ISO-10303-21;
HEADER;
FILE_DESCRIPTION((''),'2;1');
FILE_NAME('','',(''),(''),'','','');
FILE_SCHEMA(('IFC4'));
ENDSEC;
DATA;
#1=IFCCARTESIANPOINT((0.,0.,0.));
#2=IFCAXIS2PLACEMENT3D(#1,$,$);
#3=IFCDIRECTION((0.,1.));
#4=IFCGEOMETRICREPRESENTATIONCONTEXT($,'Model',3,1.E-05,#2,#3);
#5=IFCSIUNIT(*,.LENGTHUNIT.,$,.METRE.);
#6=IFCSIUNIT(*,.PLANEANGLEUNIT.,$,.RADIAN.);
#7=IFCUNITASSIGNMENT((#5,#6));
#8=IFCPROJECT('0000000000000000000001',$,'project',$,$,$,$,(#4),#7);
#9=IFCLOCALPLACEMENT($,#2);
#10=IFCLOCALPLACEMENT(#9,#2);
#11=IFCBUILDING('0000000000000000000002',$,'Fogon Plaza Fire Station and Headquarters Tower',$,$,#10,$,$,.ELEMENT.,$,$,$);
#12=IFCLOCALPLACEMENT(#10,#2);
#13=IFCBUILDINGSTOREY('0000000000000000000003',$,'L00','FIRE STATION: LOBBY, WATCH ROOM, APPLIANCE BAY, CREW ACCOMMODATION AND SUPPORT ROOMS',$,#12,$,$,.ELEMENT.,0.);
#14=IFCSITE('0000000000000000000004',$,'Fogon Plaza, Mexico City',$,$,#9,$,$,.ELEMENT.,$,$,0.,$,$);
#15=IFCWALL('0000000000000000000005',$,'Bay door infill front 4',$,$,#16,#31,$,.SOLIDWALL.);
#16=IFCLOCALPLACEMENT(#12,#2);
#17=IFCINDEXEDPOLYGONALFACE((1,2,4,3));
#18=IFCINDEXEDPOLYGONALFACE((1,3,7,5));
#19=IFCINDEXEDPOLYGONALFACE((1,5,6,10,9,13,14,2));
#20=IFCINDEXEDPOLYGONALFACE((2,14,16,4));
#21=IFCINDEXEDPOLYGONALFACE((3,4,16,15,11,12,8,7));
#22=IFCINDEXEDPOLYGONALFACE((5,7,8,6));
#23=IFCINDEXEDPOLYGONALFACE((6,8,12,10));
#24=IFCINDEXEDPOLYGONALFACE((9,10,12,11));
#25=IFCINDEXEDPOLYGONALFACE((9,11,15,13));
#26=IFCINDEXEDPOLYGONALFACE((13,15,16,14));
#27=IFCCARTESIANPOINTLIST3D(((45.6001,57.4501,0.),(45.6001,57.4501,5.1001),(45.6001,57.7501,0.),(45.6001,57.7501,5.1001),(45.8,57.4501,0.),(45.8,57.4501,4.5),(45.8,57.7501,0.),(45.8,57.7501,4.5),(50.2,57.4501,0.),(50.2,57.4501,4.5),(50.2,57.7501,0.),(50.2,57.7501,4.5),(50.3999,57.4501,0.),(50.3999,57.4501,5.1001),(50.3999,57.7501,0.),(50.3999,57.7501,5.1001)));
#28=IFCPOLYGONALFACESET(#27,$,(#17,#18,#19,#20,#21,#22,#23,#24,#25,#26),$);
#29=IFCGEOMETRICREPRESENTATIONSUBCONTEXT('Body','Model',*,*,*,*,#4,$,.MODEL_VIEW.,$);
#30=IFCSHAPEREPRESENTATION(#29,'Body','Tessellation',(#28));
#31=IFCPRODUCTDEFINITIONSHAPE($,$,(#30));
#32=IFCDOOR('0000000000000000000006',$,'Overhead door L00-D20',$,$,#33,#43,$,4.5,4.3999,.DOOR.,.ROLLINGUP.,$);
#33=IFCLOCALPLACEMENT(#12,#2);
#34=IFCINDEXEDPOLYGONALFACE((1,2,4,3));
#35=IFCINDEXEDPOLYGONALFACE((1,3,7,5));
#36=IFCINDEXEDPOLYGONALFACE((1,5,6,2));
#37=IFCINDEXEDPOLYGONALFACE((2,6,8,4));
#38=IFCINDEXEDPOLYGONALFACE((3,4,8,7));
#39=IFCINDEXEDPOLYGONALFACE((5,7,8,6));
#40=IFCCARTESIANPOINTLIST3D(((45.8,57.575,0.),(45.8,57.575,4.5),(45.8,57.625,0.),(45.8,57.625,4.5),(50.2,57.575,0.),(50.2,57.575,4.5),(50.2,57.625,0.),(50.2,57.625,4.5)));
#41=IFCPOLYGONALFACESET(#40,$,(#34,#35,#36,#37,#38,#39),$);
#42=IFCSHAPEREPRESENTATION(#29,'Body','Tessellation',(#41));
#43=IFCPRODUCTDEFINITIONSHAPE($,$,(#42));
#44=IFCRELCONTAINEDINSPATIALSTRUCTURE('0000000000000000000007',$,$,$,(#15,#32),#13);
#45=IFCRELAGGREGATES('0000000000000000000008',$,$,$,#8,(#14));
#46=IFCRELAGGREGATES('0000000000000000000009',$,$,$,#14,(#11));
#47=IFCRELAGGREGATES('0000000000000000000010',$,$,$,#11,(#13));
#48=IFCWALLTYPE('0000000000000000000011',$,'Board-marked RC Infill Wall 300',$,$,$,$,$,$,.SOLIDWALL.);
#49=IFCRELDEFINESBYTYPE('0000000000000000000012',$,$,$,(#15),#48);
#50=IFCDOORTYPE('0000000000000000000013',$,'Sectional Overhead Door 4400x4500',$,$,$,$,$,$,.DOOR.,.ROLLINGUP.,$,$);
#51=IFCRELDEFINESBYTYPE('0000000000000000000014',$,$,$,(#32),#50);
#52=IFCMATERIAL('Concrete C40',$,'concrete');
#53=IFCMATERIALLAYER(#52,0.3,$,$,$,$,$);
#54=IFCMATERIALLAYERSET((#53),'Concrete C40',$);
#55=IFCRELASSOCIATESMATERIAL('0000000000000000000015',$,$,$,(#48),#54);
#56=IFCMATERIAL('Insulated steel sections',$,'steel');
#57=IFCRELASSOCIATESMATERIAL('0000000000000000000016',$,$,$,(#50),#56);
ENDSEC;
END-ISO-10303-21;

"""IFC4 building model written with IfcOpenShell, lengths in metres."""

from ifc_helpers import new_model, si_unit, direction, frame, frame_2d, origin, place, context, subcontext, project, spatial, rectangle, extrude, material, layer, layer_set, type_object, element, fill, save


model = new_model("IFC4")

# Units and contexts
model_context = context("Model", 3, precision=1e-05, world=origin(), true_north=direction((0.0, 1.0)))
body_context = subcontext(model_context, "Body", "Model", "MODEL_VIEW")
ifc_project = project(units=[si_unit("LENGTHUNIT", "METRE"), si_unit("PLANEANGLEUNIT", "RADIAN")], contexts=[model_context])

# Site, building, storey
site_placement = place(None, origin())
site = spatial("IfcSite", under=ifc_project, at=site_placement, Name="Fogon Plaza, Mexico City", CompositionType="ELEMENT", RefElevation=0.0)
building_placement = place(site_placement, origin())
building = spatial("IfcBuilding", under=site, at=building_placement, Name="Fogon Plaza Fire Station and Headquarters Tower", CompositionType="ELEMENT")
storey_placement = place(building_placement, origin())
storey = spatial("IfcBuildingStorey", under=building, at=storey_placement, Name="L00", Description="FIRE STATION: LOBBY, WATCH ROOM, APPLIANCE BAY, CREW ACCOMMODATION AND SUPPORT ROOMS", CompositionType="ELEMENT", Elevation=0.0)

# Wall, opening, door
ifc_material_1 = material(Name="Concrete C40", Category="concrete")
ifc_layer = layer(ifc_material_1, 0.3)
ifc_layer_set = layer_set([ifc_layer], Name="Concrete C40")
wall_type = type_object("IfcWallType", Name="Board-marked RC Infill Wall 300", PredefinedType="SOLIDWALL", material=ifc_layer_set)
ifc_material_2 = material(Name="Insulated steel sections", Category="steel")
door_type = type_object("IfcDoorType", Name="Sectional Overhead Door 4400x4500", OperationType="ROLLINGUP", PredefinedType="DOOR", material=ifc_material_2)
wall_1_placement = place(storey_placement, frame((45.6001, 57.6001, 0.0), z_axis=(0.0, 0.0, 1.0), x_axis=(1.0, 0.0, 0.0)))
wall_1 = element("IfcWall", 1, at=wall_1_placement, inside=storey, type_object=wall_type, Name="Bay door infill front 4", PredefinedType="SOLIDWALL", context=body_context, shape_type="SweptSolid", body=[
    extrude(rectangle(XDim=4.7998, YDim=0.3, at=frame_2d((2.3999, 0.0))), origin(), (0.0, 0.0, 1.0), 5.1001),
])
opening_1_placement = place(wall_1_placement, frame((0.2, 0.0, 0.0)))
opening_1 = element("IfcOpeningElement", 2, at=opening_1_placement, cuts=wall_1, PredefinedType="OPENING", context=body_context, shape_type="SweptSolid", body=[
    extrude(rectangle(XDim=4.3999, YDim=4.5, at=frame_2d((2.2, 2.25))), frame((0.0, 0.1599, 0.0), z_axis=(0.0, -1.0, 0.0), x_axis=(1.0, 0.0, 0.0)), (0.0, 0.0, 1.0), 0.3201),
])
door_1_placement = place(opening_1_placement, origin())
door_1 = element("IfcDoor", 3, at=door_1_placement, inside=storey, type_object=door_type, Name="Overhead door L00-D20", OperationType="ROLLINGUP", OverallHeight=4.5, OverallWidth=4.3999, PredefinedType="DOOR", context=body_context, shape_type="SweptSolid", body=[
    extrude(rectangle(XDim=4.3999, YDim=4.5, at=frame_2d((2.2, 2.25))), frame((0.0, 0.0249, 0.0), z_axis=(0.0, -1.0, 0.0), x_axis=(1.0, 0.0, 0.0)), (0.0, 0.0, 1.0), 0.05),
])
fill(opening_1, door_1)

save(model, "model.ifc")
